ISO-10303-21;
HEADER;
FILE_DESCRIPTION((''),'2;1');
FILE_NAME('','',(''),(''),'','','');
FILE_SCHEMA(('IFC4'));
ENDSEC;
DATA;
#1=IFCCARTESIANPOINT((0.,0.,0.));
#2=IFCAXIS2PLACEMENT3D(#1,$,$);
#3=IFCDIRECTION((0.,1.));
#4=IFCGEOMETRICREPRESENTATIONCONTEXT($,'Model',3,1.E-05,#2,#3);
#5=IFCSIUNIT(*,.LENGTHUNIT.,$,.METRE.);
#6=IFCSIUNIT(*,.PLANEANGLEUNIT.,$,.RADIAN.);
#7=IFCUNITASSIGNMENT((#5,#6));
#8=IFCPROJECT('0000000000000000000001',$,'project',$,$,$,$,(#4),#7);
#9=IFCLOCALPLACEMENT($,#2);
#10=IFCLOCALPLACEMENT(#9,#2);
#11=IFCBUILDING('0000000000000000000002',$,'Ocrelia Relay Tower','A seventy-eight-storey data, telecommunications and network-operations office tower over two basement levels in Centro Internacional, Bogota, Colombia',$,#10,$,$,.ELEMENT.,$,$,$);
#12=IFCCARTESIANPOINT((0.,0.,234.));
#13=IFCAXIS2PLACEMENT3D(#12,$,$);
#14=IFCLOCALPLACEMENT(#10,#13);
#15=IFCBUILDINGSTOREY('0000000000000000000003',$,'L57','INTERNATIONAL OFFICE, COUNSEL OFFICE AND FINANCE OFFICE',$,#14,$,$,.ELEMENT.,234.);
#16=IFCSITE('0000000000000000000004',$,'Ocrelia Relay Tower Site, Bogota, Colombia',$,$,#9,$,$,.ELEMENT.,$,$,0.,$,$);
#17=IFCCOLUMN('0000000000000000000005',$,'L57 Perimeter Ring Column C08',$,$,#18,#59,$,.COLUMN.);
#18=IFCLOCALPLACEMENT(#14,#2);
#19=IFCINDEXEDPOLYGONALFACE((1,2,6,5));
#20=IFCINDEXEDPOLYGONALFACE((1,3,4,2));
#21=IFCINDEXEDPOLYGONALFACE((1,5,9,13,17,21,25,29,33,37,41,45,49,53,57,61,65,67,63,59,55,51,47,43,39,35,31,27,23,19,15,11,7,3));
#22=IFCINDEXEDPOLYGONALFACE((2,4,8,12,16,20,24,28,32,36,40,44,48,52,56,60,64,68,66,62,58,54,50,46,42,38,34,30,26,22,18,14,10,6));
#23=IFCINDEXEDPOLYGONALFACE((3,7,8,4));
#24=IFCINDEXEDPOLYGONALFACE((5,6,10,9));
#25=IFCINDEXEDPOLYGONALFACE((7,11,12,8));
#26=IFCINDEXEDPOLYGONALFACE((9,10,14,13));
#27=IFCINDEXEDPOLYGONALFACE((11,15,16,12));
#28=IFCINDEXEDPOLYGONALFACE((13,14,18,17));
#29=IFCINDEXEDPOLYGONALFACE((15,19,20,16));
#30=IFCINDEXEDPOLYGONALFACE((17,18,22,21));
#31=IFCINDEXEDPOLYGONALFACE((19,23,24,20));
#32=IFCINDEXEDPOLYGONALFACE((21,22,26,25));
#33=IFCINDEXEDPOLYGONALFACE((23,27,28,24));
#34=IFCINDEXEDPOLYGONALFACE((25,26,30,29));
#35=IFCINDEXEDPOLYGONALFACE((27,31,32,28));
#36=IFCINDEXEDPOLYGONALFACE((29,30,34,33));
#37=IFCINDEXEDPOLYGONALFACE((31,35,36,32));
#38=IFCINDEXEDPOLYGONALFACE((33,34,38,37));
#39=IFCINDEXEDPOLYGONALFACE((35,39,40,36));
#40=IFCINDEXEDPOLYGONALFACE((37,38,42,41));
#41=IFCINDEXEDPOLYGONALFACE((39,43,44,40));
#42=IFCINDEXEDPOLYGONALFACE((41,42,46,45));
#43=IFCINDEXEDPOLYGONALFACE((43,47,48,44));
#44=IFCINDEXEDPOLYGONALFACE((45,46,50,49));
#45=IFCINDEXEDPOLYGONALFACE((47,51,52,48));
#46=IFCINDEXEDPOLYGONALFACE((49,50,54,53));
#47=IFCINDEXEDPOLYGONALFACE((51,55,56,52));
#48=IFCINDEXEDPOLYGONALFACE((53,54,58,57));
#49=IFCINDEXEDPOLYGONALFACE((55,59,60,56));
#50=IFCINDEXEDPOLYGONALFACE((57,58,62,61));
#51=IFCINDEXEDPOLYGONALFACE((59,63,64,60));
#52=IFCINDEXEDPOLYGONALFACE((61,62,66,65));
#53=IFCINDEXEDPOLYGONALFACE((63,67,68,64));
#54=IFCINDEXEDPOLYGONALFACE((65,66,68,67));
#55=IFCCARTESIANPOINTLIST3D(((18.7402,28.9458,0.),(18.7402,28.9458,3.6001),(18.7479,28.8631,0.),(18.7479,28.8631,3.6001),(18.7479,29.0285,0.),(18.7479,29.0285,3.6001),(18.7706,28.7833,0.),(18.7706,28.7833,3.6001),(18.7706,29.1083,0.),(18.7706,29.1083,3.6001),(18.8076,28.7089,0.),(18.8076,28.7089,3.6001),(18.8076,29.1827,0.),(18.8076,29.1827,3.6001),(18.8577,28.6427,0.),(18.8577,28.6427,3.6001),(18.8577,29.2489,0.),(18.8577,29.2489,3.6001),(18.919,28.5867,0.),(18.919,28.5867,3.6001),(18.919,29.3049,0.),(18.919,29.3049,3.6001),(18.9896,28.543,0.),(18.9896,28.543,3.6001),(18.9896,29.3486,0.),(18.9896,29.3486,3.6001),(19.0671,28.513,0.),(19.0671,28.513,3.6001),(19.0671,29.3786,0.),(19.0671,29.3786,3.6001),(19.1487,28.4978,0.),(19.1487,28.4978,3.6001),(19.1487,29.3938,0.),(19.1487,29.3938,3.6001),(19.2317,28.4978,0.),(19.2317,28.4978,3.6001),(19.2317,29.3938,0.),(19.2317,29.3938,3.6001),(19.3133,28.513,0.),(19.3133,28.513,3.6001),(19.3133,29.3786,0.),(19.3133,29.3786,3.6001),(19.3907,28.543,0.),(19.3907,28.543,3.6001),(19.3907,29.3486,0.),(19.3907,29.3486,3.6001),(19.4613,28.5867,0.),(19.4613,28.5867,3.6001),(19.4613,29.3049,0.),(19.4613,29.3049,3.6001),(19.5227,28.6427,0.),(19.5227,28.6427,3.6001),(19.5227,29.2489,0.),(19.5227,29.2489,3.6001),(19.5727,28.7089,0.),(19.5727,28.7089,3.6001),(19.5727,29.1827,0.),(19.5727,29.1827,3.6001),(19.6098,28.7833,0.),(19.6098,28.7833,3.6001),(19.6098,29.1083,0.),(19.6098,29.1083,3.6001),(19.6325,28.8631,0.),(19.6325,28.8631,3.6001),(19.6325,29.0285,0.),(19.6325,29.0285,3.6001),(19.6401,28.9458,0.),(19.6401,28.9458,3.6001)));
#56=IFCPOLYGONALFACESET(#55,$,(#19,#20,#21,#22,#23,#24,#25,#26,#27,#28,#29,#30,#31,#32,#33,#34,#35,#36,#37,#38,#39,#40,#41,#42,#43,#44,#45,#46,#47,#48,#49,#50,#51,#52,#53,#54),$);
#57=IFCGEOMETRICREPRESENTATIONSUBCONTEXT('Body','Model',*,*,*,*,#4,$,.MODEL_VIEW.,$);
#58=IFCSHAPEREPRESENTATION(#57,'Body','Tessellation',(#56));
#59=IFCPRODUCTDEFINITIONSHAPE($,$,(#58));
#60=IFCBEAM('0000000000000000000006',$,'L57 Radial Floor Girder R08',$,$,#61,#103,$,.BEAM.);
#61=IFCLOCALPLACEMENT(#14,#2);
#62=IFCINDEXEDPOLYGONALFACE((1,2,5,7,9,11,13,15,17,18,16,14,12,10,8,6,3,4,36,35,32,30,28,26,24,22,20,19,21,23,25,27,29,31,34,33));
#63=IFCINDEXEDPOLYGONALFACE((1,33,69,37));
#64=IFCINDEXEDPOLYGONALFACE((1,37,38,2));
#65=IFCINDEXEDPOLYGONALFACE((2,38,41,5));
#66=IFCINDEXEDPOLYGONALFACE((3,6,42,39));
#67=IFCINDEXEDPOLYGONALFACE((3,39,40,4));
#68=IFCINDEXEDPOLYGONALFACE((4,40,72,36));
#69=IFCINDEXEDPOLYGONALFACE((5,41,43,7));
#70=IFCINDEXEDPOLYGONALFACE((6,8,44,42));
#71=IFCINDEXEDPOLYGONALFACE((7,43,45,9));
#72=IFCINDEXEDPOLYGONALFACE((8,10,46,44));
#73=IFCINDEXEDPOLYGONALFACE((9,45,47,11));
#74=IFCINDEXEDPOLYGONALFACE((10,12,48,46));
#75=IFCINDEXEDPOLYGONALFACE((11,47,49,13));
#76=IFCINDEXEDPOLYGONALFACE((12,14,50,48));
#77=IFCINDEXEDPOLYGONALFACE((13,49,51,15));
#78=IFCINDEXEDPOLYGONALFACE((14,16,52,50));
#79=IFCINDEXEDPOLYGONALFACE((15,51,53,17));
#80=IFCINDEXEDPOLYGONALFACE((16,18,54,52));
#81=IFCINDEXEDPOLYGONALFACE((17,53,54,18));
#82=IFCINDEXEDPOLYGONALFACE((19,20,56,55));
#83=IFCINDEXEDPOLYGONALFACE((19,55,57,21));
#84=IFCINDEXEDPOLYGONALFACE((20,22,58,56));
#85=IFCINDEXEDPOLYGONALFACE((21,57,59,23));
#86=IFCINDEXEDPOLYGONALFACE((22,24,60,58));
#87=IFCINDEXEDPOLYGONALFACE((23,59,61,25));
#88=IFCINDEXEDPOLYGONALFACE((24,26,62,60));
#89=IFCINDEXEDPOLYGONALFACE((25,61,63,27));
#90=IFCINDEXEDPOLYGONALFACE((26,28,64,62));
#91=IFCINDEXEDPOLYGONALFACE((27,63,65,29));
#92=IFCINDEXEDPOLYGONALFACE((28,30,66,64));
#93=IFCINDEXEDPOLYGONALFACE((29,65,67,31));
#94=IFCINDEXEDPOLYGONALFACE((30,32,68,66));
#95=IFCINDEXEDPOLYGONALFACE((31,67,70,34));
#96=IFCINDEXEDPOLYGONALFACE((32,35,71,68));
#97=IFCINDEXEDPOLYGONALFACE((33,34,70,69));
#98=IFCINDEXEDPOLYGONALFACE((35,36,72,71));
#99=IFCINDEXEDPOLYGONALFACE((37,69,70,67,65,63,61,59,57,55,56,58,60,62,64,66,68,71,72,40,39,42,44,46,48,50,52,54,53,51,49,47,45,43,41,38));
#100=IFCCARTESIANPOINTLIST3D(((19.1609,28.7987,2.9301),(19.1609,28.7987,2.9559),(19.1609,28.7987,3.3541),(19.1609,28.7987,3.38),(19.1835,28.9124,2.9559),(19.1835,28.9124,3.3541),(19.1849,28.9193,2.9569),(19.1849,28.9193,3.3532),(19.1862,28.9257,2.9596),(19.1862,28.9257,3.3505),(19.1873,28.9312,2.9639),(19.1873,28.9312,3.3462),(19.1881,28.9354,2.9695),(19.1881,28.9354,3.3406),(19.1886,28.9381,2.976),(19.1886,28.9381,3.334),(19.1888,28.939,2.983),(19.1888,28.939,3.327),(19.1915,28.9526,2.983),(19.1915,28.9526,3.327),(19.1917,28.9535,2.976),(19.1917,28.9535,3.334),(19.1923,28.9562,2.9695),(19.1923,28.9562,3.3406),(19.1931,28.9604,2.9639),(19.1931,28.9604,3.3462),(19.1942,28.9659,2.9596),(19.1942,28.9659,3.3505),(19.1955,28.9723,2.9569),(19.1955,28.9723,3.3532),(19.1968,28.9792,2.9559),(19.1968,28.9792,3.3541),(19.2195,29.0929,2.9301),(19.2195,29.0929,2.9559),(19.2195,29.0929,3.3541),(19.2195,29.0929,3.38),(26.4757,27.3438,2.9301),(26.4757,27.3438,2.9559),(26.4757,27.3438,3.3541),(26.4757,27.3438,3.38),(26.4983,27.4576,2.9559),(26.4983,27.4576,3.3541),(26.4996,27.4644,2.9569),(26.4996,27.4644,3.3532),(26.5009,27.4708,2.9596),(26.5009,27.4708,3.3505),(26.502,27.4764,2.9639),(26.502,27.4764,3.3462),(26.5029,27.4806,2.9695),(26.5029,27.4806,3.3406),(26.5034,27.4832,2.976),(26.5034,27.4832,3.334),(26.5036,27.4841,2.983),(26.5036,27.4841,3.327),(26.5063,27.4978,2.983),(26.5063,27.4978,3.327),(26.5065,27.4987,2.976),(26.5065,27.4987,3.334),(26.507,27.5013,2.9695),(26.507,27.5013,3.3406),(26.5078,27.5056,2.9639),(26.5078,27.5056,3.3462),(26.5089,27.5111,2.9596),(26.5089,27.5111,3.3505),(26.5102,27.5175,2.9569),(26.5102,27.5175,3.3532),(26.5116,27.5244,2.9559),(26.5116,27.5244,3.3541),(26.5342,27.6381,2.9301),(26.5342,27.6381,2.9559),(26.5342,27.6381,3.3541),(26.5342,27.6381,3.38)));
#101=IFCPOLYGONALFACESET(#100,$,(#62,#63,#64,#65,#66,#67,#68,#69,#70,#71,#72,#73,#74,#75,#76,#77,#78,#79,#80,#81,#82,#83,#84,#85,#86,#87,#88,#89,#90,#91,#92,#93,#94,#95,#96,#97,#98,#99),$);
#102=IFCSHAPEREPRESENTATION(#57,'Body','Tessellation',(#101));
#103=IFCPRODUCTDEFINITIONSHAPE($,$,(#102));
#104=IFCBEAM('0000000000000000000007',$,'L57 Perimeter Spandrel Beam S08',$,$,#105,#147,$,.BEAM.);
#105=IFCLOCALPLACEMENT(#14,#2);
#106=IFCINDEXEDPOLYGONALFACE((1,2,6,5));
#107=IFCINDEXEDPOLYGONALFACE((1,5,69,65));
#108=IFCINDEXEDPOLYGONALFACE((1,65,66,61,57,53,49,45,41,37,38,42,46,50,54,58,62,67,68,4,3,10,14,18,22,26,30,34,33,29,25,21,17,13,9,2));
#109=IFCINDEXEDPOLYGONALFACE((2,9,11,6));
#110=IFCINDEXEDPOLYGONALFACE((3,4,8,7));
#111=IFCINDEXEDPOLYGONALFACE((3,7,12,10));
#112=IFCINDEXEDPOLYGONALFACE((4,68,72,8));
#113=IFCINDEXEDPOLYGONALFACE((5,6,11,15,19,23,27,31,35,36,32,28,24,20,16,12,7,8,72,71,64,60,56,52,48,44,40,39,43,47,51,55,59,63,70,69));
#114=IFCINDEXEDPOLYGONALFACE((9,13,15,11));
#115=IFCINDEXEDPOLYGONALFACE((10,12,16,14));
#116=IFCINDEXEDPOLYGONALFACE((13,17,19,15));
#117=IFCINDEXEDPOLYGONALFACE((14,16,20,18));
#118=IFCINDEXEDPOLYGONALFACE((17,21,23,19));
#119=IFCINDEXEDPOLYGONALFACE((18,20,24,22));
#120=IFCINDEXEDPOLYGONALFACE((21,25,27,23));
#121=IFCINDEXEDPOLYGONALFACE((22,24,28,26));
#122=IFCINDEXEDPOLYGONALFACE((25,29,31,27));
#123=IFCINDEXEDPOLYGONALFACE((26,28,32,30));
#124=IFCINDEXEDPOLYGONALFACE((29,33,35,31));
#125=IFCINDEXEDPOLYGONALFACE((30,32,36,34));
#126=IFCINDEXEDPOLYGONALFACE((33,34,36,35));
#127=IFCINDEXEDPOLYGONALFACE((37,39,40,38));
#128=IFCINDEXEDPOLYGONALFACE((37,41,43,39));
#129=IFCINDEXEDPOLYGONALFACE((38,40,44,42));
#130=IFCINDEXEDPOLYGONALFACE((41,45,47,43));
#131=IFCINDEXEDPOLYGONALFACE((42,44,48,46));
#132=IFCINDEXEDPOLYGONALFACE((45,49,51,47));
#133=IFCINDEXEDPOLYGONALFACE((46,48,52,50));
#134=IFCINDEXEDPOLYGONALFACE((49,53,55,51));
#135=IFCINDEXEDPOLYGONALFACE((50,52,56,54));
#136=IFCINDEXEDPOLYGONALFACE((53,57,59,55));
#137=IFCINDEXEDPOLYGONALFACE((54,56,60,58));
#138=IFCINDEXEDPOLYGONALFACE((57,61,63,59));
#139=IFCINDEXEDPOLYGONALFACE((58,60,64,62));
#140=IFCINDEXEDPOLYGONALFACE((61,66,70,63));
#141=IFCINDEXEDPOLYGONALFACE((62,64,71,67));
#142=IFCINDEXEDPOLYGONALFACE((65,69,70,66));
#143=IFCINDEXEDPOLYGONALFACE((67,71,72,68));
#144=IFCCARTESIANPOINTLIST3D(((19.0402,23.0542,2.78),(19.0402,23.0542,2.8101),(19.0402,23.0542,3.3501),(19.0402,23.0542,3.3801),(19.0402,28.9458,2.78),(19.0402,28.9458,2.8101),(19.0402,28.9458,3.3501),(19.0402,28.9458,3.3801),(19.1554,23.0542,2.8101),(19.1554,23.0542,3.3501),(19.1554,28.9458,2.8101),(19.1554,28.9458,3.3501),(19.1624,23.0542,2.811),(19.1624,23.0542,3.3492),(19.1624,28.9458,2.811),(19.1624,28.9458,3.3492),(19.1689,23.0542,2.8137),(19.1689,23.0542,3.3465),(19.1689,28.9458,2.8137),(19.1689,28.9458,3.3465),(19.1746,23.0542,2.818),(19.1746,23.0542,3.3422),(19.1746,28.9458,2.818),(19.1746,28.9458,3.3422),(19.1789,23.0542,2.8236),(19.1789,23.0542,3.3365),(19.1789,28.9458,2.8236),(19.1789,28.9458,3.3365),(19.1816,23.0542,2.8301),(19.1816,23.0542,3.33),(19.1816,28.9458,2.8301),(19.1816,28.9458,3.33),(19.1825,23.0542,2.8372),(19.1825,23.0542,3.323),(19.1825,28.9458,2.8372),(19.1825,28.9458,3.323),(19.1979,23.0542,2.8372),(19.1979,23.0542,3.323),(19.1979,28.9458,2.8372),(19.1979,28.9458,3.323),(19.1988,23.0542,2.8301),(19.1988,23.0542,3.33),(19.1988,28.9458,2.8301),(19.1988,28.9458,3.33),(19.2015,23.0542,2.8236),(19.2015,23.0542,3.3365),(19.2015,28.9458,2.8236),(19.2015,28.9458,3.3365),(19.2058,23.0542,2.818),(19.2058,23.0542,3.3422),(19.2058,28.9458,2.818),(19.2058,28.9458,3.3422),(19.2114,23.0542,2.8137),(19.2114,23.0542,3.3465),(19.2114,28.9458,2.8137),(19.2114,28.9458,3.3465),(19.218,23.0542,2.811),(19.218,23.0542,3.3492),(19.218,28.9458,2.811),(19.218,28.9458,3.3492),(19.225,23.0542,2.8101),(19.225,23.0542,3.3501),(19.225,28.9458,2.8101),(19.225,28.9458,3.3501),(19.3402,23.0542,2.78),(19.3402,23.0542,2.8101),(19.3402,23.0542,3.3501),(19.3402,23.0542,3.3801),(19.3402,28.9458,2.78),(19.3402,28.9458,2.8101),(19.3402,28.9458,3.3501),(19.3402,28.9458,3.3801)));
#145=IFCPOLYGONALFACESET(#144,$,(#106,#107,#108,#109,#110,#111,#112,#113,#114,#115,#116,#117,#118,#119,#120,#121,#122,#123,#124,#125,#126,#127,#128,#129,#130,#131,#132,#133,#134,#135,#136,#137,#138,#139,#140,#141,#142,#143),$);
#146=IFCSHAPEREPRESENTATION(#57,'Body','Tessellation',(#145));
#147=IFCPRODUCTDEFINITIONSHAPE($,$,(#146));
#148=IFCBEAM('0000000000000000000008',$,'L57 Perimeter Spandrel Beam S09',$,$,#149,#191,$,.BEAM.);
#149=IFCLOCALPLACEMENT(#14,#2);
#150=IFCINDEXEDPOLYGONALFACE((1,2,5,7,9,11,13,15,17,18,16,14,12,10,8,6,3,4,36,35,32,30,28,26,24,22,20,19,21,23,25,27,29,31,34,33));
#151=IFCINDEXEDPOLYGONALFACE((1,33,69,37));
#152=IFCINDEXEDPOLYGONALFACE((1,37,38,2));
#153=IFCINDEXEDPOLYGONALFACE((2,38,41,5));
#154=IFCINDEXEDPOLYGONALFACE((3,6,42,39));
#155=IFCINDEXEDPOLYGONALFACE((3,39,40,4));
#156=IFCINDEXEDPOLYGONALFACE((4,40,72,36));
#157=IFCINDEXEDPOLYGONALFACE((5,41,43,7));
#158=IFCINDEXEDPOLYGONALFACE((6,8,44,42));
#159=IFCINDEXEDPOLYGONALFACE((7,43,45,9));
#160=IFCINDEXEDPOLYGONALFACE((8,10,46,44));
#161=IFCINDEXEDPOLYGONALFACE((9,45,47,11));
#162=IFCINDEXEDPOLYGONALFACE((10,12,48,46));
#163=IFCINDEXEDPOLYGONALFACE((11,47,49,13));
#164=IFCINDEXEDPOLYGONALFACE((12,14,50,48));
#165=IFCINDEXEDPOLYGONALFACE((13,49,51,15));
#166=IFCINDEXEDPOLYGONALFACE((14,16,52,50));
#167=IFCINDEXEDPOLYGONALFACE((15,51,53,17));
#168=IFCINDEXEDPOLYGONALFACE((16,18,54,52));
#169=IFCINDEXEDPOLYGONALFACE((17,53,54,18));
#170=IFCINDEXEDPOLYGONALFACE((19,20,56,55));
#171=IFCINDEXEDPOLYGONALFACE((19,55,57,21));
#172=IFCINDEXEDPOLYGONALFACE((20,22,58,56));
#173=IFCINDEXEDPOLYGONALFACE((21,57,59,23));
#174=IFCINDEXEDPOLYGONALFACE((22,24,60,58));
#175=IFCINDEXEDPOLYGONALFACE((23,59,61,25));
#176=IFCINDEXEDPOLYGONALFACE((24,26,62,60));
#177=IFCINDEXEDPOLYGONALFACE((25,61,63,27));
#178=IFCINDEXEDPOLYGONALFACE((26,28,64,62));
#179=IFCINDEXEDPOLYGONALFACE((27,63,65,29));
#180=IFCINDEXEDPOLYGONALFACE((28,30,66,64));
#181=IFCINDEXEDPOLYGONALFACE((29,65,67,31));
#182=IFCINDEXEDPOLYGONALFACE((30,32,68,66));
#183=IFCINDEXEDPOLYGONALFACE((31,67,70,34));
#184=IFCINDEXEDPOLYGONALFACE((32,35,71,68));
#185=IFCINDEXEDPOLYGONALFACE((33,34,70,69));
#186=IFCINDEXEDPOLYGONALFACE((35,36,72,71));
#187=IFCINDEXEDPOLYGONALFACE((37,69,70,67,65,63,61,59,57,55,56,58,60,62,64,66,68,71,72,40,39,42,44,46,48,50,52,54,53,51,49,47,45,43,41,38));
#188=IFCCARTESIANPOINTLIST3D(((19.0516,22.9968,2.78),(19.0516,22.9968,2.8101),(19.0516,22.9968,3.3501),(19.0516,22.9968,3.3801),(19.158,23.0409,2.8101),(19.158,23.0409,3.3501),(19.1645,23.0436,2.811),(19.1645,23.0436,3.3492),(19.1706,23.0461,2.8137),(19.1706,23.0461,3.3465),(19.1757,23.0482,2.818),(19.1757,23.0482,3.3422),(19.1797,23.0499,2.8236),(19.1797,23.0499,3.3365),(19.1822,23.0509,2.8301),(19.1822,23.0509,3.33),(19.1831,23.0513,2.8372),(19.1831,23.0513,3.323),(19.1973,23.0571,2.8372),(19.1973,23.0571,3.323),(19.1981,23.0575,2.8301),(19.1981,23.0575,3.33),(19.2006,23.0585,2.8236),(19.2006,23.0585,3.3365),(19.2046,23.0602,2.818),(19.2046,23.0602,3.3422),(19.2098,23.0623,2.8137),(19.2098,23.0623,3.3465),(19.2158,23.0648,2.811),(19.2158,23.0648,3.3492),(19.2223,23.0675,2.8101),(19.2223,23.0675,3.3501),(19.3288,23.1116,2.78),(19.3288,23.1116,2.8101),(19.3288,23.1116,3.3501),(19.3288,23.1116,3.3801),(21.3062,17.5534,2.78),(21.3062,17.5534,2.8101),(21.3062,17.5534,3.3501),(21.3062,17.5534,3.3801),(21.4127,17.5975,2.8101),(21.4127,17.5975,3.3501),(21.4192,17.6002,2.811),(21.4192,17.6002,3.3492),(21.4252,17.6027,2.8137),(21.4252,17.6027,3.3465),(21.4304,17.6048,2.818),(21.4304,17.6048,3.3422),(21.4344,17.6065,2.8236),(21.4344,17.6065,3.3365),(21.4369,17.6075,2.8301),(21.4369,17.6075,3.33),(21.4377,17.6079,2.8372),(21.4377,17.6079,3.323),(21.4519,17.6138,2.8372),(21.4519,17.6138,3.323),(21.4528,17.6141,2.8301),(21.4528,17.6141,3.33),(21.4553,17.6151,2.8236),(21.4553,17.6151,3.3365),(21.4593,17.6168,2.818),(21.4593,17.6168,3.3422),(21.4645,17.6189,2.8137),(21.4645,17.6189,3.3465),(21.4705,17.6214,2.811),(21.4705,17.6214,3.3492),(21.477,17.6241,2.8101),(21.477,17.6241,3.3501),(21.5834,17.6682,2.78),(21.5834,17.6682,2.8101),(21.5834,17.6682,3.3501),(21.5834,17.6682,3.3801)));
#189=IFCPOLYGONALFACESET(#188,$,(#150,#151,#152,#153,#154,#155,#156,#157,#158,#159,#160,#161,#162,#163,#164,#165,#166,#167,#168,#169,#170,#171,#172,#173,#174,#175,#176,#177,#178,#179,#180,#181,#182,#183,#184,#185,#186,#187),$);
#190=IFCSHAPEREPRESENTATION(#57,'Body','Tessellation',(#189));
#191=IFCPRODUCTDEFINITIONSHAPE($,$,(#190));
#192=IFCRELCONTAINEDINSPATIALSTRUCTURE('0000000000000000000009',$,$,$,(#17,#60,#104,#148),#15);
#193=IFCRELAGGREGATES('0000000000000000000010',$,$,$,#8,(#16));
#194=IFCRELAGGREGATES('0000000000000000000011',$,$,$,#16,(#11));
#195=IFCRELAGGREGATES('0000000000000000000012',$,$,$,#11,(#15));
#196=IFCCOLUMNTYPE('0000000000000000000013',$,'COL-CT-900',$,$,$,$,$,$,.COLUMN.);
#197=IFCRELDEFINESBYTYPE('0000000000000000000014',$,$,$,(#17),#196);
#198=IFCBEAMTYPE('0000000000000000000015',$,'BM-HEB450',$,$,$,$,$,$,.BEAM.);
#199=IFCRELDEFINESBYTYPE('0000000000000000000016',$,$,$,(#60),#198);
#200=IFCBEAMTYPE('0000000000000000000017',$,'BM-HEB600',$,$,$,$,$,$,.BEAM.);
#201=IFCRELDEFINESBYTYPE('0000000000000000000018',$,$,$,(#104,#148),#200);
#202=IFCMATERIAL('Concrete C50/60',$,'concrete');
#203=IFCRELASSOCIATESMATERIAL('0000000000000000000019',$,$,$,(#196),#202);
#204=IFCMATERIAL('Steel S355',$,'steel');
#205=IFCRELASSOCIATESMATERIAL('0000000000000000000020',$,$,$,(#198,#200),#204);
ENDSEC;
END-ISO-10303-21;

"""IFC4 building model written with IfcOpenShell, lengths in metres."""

from ifc_helpers import new_model, si_unit, direction, frame, origin, origin_2d, place, context, subcontext, project, spatial, circle, i_section, extrude, material, material_profile, profile_set, type_object, element, save


model = new_model("IFC4")

# Units and contexts
model_context = context("Model", 3, precision=1e-05, world=origin(), true_north=direction((0.0, 1.0)))
body_context = subcontext(model_context, "Body", "Model", "MODEL_VIEW")
ifc_project = project(units=[si_unit("LENGTHUNIT", "METRE"), si_unit("PLANEANGLEUNIT", "RADIAN")], contexts=[model_context])

# Site, building, storey
site_placement = place(None, origin())
site = spatial("IfcSite", under=ifc_project, at=site_placement, Name="Ocrelia Relay Tower Site, Bogota, Colombia", CompositionType="ELEMENT", RefElevation=0.0)
building_placement = place(site_placement, origin())
building = spatial("IfcBuilding", under=site, at=building_placement, Name="Ocrelia Relay Tower", Description="A seventy-eight-storey data, telecommunications and network-operations office tower over two basement levels in Centro Internacional, Bogota, Colombia", CompositionType="ELEMENT")
storey_placement = place(building_placement, frame((0.0, 0.0, 234.0)))
storey = spatial("IfcBuildingStorey", under=building, at=storey_placement, Name="L57", Description="INTERNATIONAL OFFICE, COUNSEL OFFICE AND FINANCE OFFICE", CompositionType="ELEMENT", Elevation=234.0)

# Column
ifc_material_1 = material(Name="Concrete C50/60", Category="concrete")
ifc_material_profile_1 = material_profile(ifc_material_1, circle(Radius=0.45, at=origin_2d()), Name="RC-CIR-900")
ifc_profile_set_1 = profile_set([ifc_material_profile_1], Name="Concrete C50/60")
column_type = type_object("IfcColumnType", Name="COL-CT-900", PredefinedType="COLUMN", material=ifc_profile_set_1)
column_placement = place(storey_placement, frame((19.1902, 28.9458, 0.0), z_axis=(0.0, 0.0, 1.0), x_axis=(1.0, 0.0, 0.0)))
element("IfcColumn", 1, at=column_placement, inside=storey, type_object=column_type, Name="L57 Perimeter Ring Column C08", PredefinedType="COLUMN", context=body_context, shape_type="SweptSolid", body=[
    extrude(circle(Radius=0.45, at=origin_2d()), origin(), (0.0, 0.0, 1.0), 3.6001),
])

# Beams
ifc_material_2 = material(Name="Steel S355", Category="steel")
ifc_material_profile_2 = material_profile(ifc_material_2, i_section(OverallWidth=0.3, OverallDepth=0.45, WebThickness=0.0139, FlangeThickness=0.0259, FilletRadius=0.0271, at=origin_2d()), Name="HEB 450")
ifc_profile_set_2 = profile_set([ifc_material_profile_2], Name="Steel S355")
beam_type_1 = type_object("IfcBeamType", Name="BM-HEB450", PredefinedType="BEAM", material=ifc_profile_set_2)
beam_1_placement = place(storey_placement, frame((19.1902, 28.9458, 3.155), z_axis=(0.980789, -0.195071, 0.0), x_axis=(0.195071, 0.980789, 0.0)))
element("IfcBeam", 2, at=beam_1_placement, inside=storey, type_object=beam_type_1, Name="L57 Radial Floor Girder R08", PredefinedType="BEAM", context=body_context, shape_type="SweptSolid", body=[
    extrude(i_section(OverallWidth=0.3, OverallDepth=0.45, WebThickness=0.0139, FlangeThickness=0.0259, FilletRadius=0.0271, at=origin_2d()), origin(), (0.0, 0.0, 1.0), 7.458),
])
ifc_material_profile_3 = material_profile(ifc_material_2, i_section(OverallWidth=0.3, OverallDepth=0.6001, WebThickness=0.0154, FlangeThickness=0.03, FilletRadius=0.0271, at=origin_2d()), Name="HEB 600")
ifc_profile_set_3 = profile_set([ifc_material_profile_3], Name="Steel S355")
beam_type_2 = type_object("IfcBeamType", Name="BM-HEB600", PredefinedType="BEAM", material=ifc_profile_set_3)
beam_2_placement = place(storey_placement, frame((19.1902, 28.9458, 3.0801), z_axis=(0.0, -1.0, 0.0), x_axis=(1.0, 0.0, 0.0)))
element("IfcBeam", 3, at=beam_2_placement, inside=storey, type_object=beam_type_2, Name="L57 Perimeter Spandrel Beam S08", PredefinedType="BEAM", context=body_context, shape_type="SweptSolid", body=[
    extrude(i_section(OverallWidth=0.3, OverallDepth=0.6001, WebThickness=0.0154, FlangeThickness=0.03, FilletRadius=0.0271, at=origin_2d()), origin(), (0.0, 0.0, 1.0), 5.8916),
])
beam_3_placement = place(storey_placement, frame((19.1902, 23.0542, 3.0801), z_axis=(0.382673, -0.923884, 0.0), x_axis=(0.923884, 0.382673, 0.0)))
element("IfcBeam", 4, at=beam_3_placement, inside=storey, type_object=beam_type_2, Name="L57 Perimeter Spandrel Beam S09", PredefinedType="BEAM", context=body_context, shape_type="SweptSolid", body=[
    extrude(i_section(OverallWidth=0.3, OverallDepth=0.6001, WebThickness=0.0154, FlangeThickness=0.03, FilletRadius=0.0271, at=origin_2d()), origin(), (0.0, 0.0, 1.0), 5.8918),
])

save(model, "model.ifc")
